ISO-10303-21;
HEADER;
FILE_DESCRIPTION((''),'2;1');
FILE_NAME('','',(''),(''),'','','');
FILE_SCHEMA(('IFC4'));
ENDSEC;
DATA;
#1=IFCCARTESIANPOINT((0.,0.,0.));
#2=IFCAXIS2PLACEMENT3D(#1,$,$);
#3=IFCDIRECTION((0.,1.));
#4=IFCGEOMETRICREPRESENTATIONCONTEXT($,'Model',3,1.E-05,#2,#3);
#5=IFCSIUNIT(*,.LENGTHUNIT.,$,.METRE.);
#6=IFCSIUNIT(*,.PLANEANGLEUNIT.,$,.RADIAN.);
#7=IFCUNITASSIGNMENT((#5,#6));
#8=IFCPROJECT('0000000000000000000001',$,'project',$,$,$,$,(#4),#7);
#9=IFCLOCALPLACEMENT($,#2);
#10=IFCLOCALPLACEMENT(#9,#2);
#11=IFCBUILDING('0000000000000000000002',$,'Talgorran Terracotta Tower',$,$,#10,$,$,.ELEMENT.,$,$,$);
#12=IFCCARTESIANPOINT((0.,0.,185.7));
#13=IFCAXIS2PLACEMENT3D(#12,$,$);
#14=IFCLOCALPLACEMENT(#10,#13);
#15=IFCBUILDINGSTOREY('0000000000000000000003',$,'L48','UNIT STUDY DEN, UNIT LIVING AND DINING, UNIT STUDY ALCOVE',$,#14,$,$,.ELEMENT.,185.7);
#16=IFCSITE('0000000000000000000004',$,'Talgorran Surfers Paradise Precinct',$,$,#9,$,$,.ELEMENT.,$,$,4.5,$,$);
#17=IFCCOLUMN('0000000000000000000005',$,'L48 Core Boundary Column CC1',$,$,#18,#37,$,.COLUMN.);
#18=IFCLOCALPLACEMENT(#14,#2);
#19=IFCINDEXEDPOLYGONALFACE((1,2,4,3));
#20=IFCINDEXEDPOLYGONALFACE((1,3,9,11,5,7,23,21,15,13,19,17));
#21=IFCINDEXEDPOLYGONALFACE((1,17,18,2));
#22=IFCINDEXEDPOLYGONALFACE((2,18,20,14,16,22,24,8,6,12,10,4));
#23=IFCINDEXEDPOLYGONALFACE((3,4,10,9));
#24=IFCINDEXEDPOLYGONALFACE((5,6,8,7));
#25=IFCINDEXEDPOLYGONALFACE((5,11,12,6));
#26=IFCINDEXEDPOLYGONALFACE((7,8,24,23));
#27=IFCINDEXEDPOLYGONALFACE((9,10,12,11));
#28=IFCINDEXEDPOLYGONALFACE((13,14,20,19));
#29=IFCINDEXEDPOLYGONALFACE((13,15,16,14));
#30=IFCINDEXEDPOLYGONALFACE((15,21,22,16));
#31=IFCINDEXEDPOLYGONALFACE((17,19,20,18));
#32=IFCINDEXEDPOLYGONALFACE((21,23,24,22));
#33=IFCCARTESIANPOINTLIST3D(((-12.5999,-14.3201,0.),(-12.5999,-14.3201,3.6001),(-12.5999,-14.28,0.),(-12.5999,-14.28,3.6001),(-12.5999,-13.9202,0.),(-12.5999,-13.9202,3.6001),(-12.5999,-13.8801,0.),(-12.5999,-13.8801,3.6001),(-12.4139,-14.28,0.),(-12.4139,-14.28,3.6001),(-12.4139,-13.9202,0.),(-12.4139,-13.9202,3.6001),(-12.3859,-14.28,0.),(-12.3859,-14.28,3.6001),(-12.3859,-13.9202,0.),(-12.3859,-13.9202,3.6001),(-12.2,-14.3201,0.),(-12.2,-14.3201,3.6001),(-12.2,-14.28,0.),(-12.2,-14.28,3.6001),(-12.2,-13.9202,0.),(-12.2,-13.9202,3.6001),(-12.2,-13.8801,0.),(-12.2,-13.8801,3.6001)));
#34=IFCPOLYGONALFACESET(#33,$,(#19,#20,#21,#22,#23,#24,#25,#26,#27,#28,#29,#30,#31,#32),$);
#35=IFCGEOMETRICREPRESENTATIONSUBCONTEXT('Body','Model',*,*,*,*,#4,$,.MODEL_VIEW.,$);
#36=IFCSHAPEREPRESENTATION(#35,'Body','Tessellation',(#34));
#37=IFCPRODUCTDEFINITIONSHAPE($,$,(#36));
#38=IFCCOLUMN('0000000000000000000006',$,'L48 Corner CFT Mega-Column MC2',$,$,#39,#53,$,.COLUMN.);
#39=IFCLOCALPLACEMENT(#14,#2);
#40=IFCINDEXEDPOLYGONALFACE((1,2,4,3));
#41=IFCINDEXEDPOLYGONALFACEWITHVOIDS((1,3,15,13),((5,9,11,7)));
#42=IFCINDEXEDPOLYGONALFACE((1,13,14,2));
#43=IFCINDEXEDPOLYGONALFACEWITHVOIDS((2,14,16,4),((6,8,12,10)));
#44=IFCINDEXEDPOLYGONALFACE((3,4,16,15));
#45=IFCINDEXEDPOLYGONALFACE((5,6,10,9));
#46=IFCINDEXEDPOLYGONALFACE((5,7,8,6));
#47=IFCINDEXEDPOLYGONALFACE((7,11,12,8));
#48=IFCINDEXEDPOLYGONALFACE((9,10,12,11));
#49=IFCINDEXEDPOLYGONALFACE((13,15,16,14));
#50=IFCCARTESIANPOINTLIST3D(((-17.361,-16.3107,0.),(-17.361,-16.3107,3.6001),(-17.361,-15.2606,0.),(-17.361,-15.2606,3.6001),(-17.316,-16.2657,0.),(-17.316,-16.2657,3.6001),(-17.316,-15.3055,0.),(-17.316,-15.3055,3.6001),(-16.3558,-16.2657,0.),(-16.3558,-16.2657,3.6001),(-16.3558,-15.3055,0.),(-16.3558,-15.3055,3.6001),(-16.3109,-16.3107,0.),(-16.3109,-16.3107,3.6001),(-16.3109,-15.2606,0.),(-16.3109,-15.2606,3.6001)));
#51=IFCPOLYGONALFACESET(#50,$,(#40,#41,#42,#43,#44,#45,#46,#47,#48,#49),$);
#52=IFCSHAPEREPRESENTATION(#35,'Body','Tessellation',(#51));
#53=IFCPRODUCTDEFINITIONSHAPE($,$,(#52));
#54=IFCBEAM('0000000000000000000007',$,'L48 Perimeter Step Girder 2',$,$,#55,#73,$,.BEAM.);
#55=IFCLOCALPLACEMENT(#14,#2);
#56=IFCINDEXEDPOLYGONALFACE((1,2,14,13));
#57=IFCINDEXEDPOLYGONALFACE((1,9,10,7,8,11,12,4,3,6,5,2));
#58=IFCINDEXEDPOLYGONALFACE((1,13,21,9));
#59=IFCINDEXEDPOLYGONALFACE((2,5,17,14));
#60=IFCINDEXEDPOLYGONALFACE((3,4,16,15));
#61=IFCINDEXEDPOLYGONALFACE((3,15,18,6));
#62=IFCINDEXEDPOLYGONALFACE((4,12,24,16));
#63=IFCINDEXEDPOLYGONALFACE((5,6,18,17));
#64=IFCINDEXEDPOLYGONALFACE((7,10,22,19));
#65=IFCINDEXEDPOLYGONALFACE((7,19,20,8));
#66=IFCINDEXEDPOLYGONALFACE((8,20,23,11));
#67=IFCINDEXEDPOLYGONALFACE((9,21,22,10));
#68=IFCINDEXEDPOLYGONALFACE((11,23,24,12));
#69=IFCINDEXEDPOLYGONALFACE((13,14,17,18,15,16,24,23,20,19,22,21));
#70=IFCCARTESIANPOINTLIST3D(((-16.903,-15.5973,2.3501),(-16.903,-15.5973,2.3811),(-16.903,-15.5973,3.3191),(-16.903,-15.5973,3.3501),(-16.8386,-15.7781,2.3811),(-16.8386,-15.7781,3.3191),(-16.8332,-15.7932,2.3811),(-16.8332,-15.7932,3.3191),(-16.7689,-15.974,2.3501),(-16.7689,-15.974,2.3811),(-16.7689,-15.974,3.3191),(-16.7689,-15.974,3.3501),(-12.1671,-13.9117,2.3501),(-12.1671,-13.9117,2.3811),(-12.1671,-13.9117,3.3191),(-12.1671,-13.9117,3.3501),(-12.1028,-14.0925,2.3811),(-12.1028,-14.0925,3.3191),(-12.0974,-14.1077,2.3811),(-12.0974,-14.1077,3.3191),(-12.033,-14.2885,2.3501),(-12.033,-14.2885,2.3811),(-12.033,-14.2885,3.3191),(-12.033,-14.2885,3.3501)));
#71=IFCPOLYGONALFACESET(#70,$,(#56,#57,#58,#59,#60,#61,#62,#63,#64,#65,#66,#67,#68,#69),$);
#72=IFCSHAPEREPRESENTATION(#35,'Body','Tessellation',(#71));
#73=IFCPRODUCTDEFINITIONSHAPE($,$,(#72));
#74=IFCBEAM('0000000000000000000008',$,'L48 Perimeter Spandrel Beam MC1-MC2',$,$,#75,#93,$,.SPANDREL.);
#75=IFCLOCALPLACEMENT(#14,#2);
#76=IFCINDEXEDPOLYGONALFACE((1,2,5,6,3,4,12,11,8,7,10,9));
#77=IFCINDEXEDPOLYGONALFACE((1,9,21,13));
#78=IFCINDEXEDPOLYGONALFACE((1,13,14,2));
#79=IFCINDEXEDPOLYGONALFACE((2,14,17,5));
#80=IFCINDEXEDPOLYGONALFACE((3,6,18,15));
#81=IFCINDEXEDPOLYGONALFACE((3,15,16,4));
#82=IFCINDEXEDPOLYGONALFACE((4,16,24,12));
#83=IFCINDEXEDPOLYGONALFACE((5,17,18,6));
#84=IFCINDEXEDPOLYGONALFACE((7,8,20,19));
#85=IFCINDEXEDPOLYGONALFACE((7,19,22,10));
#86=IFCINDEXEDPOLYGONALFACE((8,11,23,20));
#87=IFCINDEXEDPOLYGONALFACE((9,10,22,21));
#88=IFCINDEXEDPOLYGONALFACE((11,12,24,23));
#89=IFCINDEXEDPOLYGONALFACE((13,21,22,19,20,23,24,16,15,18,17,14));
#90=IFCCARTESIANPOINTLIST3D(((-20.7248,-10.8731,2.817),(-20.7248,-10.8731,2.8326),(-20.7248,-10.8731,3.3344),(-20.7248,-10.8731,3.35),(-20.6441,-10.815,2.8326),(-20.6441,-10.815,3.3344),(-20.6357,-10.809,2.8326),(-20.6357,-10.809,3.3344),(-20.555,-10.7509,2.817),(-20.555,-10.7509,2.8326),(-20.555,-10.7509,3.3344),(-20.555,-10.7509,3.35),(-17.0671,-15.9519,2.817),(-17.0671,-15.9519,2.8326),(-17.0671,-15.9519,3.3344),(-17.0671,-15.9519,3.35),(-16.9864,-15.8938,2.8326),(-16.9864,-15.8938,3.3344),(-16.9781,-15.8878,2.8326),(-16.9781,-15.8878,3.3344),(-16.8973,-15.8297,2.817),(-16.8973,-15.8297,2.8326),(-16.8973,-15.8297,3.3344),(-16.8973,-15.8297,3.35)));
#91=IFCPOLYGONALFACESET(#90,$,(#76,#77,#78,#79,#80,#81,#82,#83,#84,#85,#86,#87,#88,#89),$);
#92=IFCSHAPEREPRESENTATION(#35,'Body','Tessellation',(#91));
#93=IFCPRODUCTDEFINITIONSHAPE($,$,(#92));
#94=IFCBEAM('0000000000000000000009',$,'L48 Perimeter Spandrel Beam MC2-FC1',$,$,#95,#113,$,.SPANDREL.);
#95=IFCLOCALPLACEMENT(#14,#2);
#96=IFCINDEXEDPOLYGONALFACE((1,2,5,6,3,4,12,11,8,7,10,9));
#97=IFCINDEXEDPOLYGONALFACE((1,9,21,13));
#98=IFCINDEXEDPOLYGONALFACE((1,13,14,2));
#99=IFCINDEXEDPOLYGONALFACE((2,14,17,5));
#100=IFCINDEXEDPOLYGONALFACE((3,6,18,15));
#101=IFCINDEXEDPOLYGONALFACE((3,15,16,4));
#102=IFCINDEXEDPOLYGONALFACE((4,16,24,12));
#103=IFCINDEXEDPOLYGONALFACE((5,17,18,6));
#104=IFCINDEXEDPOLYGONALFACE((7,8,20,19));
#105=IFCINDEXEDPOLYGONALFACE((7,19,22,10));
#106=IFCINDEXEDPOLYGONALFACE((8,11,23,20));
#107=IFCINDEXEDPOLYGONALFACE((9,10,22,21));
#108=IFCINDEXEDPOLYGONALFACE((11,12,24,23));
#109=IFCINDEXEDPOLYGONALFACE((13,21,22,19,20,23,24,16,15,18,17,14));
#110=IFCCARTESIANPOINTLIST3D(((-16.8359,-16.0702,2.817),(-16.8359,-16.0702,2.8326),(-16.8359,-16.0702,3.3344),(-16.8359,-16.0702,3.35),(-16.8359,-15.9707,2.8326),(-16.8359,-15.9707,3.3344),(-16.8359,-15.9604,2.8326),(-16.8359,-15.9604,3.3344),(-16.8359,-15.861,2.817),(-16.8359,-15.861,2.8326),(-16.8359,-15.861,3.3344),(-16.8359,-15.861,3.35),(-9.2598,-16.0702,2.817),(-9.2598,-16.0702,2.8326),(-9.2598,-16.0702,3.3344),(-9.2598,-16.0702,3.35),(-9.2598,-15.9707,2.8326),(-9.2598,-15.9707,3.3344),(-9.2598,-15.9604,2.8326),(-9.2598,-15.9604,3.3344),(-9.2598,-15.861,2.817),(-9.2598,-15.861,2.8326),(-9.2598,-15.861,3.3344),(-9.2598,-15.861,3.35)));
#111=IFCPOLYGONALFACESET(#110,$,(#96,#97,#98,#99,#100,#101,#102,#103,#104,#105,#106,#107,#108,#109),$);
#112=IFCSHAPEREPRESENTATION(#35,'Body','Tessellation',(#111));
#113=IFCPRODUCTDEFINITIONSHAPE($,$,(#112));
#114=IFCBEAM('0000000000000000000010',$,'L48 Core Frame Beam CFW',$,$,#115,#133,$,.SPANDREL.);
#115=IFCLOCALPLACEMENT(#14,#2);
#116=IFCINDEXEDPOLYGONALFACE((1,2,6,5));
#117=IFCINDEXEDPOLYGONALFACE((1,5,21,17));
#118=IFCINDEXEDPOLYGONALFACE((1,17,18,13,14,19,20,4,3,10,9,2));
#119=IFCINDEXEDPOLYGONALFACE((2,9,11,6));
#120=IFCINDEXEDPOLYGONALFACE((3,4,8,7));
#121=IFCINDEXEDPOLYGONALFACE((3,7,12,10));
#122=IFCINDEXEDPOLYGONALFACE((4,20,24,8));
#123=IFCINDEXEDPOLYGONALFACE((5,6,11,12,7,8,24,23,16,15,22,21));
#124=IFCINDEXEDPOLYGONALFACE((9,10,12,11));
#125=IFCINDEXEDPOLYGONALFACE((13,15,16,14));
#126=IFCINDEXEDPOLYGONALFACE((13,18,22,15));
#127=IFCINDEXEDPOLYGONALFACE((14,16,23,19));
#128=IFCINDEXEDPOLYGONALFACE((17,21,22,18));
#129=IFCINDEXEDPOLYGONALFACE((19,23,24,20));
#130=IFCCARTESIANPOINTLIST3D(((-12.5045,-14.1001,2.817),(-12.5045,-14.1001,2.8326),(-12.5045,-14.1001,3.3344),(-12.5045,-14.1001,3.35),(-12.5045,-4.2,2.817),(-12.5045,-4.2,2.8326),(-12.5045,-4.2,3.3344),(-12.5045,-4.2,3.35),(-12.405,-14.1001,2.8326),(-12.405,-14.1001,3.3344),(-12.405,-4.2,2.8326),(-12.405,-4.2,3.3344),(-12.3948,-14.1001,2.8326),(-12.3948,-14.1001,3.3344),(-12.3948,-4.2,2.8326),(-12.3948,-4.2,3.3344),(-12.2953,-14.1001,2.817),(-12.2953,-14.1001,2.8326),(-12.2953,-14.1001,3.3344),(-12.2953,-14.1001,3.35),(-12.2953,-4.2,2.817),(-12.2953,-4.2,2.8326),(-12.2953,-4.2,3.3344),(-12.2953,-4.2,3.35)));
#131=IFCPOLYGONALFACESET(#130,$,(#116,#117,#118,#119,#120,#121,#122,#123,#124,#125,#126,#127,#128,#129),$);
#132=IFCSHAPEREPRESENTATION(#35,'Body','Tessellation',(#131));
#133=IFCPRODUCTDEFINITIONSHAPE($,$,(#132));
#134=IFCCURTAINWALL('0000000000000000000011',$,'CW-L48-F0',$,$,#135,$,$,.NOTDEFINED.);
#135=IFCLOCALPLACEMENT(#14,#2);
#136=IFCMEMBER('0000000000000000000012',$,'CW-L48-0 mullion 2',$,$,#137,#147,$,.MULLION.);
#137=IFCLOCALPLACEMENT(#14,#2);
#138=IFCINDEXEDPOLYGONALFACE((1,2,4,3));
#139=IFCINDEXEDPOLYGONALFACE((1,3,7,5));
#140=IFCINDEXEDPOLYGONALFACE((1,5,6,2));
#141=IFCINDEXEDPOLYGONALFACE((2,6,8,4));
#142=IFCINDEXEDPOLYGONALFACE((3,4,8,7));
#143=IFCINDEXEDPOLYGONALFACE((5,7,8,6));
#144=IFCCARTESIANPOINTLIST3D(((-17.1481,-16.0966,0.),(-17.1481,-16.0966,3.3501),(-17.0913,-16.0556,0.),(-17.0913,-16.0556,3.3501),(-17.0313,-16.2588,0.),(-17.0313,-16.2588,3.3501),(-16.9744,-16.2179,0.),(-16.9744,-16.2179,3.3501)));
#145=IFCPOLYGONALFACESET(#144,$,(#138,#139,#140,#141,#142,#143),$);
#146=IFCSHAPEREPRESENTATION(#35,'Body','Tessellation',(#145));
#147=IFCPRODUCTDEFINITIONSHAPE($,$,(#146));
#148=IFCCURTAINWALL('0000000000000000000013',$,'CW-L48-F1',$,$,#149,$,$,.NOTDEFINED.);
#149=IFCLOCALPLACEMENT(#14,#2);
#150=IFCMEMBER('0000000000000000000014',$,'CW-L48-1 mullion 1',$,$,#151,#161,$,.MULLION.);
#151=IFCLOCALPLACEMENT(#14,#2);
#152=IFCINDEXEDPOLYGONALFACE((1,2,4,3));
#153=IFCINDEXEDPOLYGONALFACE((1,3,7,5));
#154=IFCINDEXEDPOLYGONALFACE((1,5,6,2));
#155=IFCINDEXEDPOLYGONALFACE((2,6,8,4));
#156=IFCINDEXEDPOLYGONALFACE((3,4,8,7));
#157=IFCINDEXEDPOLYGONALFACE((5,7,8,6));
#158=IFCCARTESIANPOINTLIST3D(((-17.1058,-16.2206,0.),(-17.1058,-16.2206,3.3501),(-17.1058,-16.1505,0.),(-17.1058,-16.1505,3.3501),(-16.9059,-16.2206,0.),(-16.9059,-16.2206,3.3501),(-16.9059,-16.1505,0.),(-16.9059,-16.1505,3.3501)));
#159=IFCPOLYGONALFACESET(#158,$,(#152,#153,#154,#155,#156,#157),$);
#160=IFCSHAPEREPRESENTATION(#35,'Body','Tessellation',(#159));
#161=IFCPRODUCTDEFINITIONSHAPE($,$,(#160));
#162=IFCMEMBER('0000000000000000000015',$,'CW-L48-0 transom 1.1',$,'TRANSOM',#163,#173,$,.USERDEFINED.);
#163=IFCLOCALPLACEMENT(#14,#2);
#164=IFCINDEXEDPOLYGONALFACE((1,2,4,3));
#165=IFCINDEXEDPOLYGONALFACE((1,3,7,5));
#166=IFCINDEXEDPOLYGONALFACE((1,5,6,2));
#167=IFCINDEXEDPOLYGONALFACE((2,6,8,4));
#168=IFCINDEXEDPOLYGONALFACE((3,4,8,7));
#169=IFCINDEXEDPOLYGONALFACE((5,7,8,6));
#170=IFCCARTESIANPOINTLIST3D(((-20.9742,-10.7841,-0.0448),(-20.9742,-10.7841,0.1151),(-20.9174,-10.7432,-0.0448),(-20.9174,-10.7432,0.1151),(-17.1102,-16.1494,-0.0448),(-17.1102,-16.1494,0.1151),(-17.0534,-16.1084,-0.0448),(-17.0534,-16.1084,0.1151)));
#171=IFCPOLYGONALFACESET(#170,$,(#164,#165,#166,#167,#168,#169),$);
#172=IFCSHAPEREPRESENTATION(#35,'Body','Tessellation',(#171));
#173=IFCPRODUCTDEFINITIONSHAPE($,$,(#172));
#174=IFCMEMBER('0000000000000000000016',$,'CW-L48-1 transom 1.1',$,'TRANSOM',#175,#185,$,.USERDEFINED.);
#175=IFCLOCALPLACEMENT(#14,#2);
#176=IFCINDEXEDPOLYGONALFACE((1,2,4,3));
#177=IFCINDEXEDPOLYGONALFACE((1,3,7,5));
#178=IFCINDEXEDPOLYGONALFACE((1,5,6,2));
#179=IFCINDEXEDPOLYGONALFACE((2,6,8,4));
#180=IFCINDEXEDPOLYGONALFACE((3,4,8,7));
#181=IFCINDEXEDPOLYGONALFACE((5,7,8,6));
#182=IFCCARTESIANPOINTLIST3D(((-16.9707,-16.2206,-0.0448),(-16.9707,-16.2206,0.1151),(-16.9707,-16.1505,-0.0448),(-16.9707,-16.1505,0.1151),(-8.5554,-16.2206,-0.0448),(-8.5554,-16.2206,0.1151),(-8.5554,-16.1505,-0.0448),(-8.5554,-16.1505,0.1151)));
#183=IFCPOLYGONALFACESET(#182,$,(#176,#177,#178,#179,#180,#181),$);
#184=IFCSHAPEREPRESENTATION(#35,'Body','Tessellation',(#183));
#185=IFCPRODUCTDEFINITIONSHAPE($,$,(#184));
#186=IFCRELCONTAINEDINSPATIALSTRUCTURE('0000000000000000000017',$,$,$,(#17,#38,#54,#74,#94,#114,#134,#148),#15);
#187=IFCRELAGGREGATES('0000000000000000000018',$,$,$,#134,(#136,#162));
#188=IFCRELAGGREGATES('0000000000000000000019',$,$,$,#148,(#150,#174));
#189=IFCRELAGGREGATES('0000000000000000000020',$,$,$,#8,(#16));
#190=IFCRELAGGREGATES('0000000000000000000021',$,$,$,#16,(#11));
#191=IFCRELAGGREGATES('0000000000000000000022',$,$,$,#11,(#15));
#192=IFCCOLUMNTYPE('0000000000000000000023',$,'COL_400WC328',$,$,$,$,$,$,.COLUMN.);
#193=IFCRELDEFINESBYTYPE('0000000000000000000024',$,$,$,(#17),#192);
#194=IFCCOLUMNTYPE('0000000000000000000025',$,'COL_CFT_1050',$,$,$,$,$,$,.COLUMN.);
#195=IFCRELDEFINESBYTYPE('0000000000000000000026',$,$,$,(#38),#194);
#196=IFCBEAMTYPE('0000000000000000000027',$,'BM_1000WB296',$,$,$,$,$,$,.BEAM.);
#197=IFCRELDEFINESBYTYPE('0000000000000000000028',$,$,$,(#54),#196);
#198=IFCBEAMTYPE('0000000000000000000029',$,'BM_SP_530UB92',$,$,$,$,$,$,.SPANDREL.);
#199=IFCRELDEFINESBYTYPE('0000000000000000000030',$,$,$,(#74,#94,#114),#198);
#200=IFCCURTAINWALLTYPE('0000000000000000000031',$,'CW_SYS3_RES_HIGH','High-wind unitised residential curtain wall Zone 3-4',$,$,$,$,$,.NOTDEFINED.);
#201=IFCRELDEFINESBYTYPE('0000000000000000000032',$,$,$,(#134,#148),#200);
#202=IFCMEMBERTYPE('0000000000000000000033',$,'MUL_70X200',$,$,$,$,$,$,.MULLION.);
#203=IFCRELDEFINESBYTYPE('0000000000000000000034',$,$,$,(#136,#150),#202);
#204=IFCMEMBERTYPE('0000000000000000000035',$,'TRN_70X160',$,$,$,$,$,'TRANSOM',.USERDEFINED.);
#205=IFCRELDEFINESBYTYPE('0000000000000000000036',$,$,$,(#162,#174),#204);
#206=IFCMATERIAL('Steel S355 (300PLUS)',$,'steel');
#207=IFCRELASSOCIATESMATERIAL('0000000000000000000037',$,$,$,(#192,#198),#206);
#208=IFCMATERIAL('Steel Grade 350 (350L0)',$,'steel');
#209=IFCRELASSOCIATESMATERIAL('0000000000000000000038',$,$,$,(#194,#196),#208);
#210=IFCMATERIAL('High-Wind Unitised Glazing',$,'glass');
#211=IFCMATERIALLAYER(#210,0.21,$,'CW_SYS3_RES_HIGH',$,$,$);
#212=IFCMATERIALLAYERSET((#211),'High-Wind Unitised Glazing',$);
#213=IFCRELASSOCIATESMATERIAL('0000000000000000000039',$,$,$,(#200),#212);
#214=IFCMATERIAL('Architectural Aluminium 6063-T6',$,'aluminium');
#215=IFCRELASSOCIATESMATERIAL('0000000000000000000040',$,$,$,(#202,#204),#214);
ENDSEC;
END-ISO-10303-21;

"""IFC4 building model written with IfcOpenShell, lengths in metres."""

from ifc_helpers import new_model, si_unit, direction, frame, origin, origin_2d, place, context, subcontext, project, spatial, rectangle, hollow_rectangle, i_section, extrude, material, layer, layer_set, material_profile, profile_set, type_object, element, aggregate, save


model = new_model("IFC4")

# Units and contexts
model_context = context("Model", 3, precision=1e-05, world=origin(), true_north=direction((0.0, 1.0)))
body_context = subcontext(model_context, "Body", "Model", "MODEL_VIEW")
ifc_project = project(units=[si_unit("LENGTHUNIT", "METRE"), si_unit("PLANEANGLEUNIT", "RADIAN")], contexts=[model_context])

# Site, building, storey
site_placement = place(None, origin())
site = spatial("IfcSite", under=ifc_project, at=site_placement, Name="Talgorran Surfers Paradise Precinct", CompositionType="ELEMENT", RefElevation=4.5)
building_placement = place(site_placement, origin())
building = spatial("IfcBuilding", under=site, at=building_placement, Name="Talgorran Terracotta Tower", CompositionType="ELEMENT")
storey_placement = place(building_placement, frame((0.0, 0.0, 185.7)))
storey = spatial("IfcBuildingStorey", under=building, at=storey_placement, Name="L48", Description="UNIT STUDY DEN, UNIT LIVING AND DINING, UNIT STUDY ALCOVE", CompositionType="ELEMENT", Elevation=185.7)

# Columns
ifc_material_1 = material(Name="Steel S355 (300PLUS)", Category="steel")
ifc_material_profile_1 = material_profile(ifc_material_1, i_section(OverallWidth=0.3999, OverallDepth=0.4399, WebThickness=0.0281, FlangeThickness=0.04, at=origin_2d()), Name="400WC328")
ifc_profile_set_1 = profile_set([ifc_material_profile_1], Name="Steel S355 (300PLUS)")
column_type_1 = type_object("IfcColumnType", Name="COL_400WC328", PredefinedType="COLUMN", material=ifc_profile_set_1)
column_1_placement = place(storey_placement, frame((-12.3999, -14.1001, 0.0), z_axis=(0.0, 0.0, 1.0), x_axis=(1.0, 0.0, 0.0)))
element("IfcColumn", 1, at=column_1_placement, inside=storey, type_object=column_type_1, Name="L48 Core Boundary Column CC1", PredefinedType="COLUMN", context=body_context, shape_type="SweptSolid", body=[
    extrude(i_section(OverallWidth=0.3999, OverallDepth=0.4399, WebThickness=0.0281, FlangeThickness=0.04, at=origin_2d()), origin(), (0.0, 0.0, 1.0), 3.6001),
])
ifc_material_2 = material(Name="Steel Grade 350 (350L0)", Category="steel")
ifc_material_profile_2 = material_profile(ifc_material_2, hollow_rectangle(XDim=1.05, YDim=1.05, WallThickness=0.0449, at=origin_2d()), Name="CFT1050X1050X45")
ifc_profile_set_2 = profile_set([ifc_material_profile_2], Name="Steel Grade 350 (350L0)")
column_type_2 = type_object("IfcColumnType", Name="COL_CFT_1050", PredefinedType="COLUMN", material=ifc_profile_set_2)
column_2_placement = place(storey_placement, frame((-16.8359, -15.7856, 0.0), z_axis=(0.0, 0.0, 1.0), x_axis=(1.0, 0.0, 0.0)))
element("IfcColumn", 2, at=column_2_placement, inside=storey, type_object=column_type_2, Name="L48 Corner CFT Mega-Column MC2", PredefinedType="COLUMN", context=body_context, shape_type="SweptSolid", body=[
    extrude(hollow_rectangle(XDim=1.05, YDim=1.05, WallThickness=0.0449, at=origin_2d()), origin(), (0.0, 0.0, 1.0), 3.6001),
])

# Beams
ifc_material_profile_3 = material_profile(ifc_material_2, i_section(OverallWidth=0.3999, OverallDepth=1.0, WebThickness=0.0161, FlangeThickness=0.031, at=origin_2d()), Name="1000WB296")
ifc_profile_set_3 = profile_set([ifc_material_profile_3], Name="Steel Grade 350 (350L0)")
beam_type_1 = type_object("IfcBeamType", Name="BM_1000WB296", PredefinedType="BEAM", material=ifc_profile_set_3)
beam_1_placement = place(storey_placement, frame((-16.8359, -15.7856, 2.8501), z_axis=(0.942108, 0.335309, 0.0), x_axis=(-0.335309, 0.942108, 0.0)))
element("IfcBeam", 3, at=beam_1_placement, inside=storey, type_object=beam_type_1, Name="L48 Perimeter Step Girder 2", PredefinedType="BEAM", context=body_context, shape_type="SweptSolid", body=[
    extrude(i_section(OverallWidth=0.3999, OverallDepth=1.0, WebThickness=0.0161, FlangeThickness=0.031, at=origin_2d()), origin(), (0.0, 0.0, 1.0), 5.0269),
])
ifc_material_profile_4 = material_profile(ifc_material_1, i_section(OverallWidth=0.2092, OverallDepth=0.533, WebThickness=0.0103, FlangeThickness=0.0156, at=origin_2d()), Name="530UB92.4")
ifc_profile_set_4 = profile_set([ifc_material_profile_4], Name="Steel S355 (300PLUS)")
beam_type_2 = type_object("IfcBeamType", Name="BM_SP_530UB92", PredefinedType="SPANDREL", material=ifc_profile_set_4)
beam_2_placement = place(storey_placement, frame((-20.6399, -10.812, 3.0835), z_axis=(0.584403, -0.811463, 0.0), x_axis=(0.811463, 0.584403, 0.0)))
element("IfcBeam", 4, at=beam_2_placement, inside=storey, type_object=beam_type_2, Name="L48 Perimeter Spandrel Beam MC1-MC2", PredefinedType="SPANDREL", context=body_context, shape_type="SweptSolid", body=[
    extrude(i_section(OverallWidth=0.2092, OverallDepth=0.533, WebThickness=0.0103, FlangeThickness=0.0156, at=origin_2d()), origin(), (0.0, 0.0, 1.0), 6.2588),
])
beam_3_placement = place(storey_placement, frame((-16.8359, -15.9656, 3.0835), z_axis=(1.0, 0.0, 0.0), x_axis=(0.0, 1.0, 0.0)))
element("IfcBeam", 5, at=beam_3_placement, inside=storey, type_object=beam_type_2, Name="L48 Perimeter Spandrel Beam MC2-FC1", PredefinedType="SPANDREL", context=body_context, shape_type="SweptSolid", body=[
    extrude(i_section(OverallWidth=0.2092, OverallDepth=0.533, WebThickness=0.0103, FlangeThickness=0.0156, at=origin_2d()), origin(), (0.0, 0.0, 1.0), 7.5762),
])
beam_4_placement = place(storey_placement, frame((-12.3999, -14.1001, 3.0835), z_axis=(0.0, 1.0, 0.0), x_axis=(-1.0, 0.0, 0.0)))
element("IfcBeam", 6, at=beam_4_placement, inside=storey, type_object=beam_type_2, Name="L48 Core Frame Beam CFW", PredefinedType="SPANDREL", context=body_context, shape_type="SweptSolid", body=[
    extrude(i_section(OverallWidth=0.2092, OverallDepth=0.533, WebThickness=0.0103, FlangeThickness=0.0156, at=origin_2d()), origin(), (0.0, 0.0, 1.0), 9.9001),
])

# Curtain walls, members
ifc_material_3 = material(Name="High-Wind Unitised Glazing", Category="glass")
ifc_layer_1 = layer(ifc_material_3, 0.21, Name="CW_SYS3_RES_HIGH")
ifc_layer_set_1 = layer_set([ifc_layer_1], Name="High-Wind Unitised Glazing")
curtain_wall_type = type_object("IfcCurtainWallType", Name="CW_SYS3_RES_HIGH", Description="High-wind unitised residential curtain wall Zone 3-4", PredefinedType="NOTDEFINED", material=ifc_layer_set_1)
curtain_wall_1_placement = place(storey_placement, origin())
curtain_wall_1 = element("IfcCurtainWall", 7, at=curtain_wall_1_placement, inside=storey, type_object=curtain_wall_type, Name="CW-L48-F0", PredefinedType="NOTDEFINED")
ifc_material_4 = material(Name="Architectural Aluminium 6063-T6", Category="aluminium")
ifc_material_profile_5 = material_profile(ifc_material_4, rectangle(XDim=0.0701, YDim=0.2, at=origin_2d()), Name="CWM70X200")
ifc_profile_set_5 = profile_set([ifc_material_profile_5], Name="Architectural Aluminium 6063-T6")
member_type_1 = type_object("IfcMemberType", Name="MUL_70X200", PredefinedType="MULLION", material=ifc_profile_set_5)
member_1_placement = place(storey_placement, frame((-17.0613, -16.1572, 0.0), z_axis=(0.0, 0.0, 1.0), x_axis=(0.81146, 0.584409, 0.0)))
member_1 = element("IfcMember", 8, at=member_1_placement, type_object=member_type_1, Name="CW-L48-0 mullion 2", PredefinedType="MULLION", context=body_context, shape_type="SweptSolid", body=[
    extrude(rectangle(XDim=0.0701, YDim=0.2, at=origin_2d()), origin(), (0.0, 0.0, 1.0), 3.3501),
])
curtain_wall_2_placement = place(storey_placement, origin())
curtain_wall_2 = element("IfcCurtainWall", 9, at=curtain_wall_2_placement, inside=storey, type_object=curtain_wall_type, Name="CW-L48-F1", PredefinedType="NOTDEFINED")
member_2_placement = place(storey_placement, frame((-17.0059, -16.1855, 0.0), z_axis=(0.0, 0.0, 1.0), x_axis=(0.0, 1.0, 0.0)))
member_2 = element("IfcMember", 10, at=member_2_placement, type_object=member_type_1, Name="CW-L48-1 mullion 1", PredefinedType="MULLION", context=body_context, shape_type="SweptSolid", body=[
    extrude(rectangle(XDim=0.0701, YDim=0.2, at=origin_2d()), origin(), (0.0, 0.0, 1.0), 3.3501),
])

# Members
ifc_material_profile_6 = material_profile(ifc_material_4, rectangle(XDim=0.0701, YDim=0.1599, at=origin_2d()), Name="CWT70X160")
ifc_profile_set_6 = profile_set([ifc_material_profile_6], Name="Architectural Aluminium 6063-T6")
member_type_2 = type_object("IfcMemberType", Name="TRN_70X160", ElementType="TRANSOM", PredefinedType="USERDEFINED", material=ifc_profile_set_6)
member_3_placement = place(storey_placement, frame((-20.9458, -10.7637, 0.0352), z_axis=(0.584409, -0.811459, 0.0), x_axis=(0.811459, 0.584409, 0.0)))
member_3 = element("IfcMember", 11, at=member_3_placement, type_object=member_type_2, Name="CW-L48-0 transom 1.1", ObjectType="TRANSOM", PredefinedType="USERDEFINED", context=body_context, shape_type="SweptSolid", body=[
    extrude(rectangle(XDim=0.0701, YDim=0.1599, at=origin_2d()), origin(), (0.0, 0.0, 1.0), 6.6118),
])
member_4_placement = place(storey_placement, frame((-16.9707, -16.1855, 0.0352), z_axis=(1.0, 0.0, 0.0), x_axis=(0.0, 1.0, 0.0)))
member_4 = element("IfcMember", 12, at=member_4_placement, type_object=member_type_2, Name="CW-L48-1 transom 1.1", ObjectType="TRANSOM", PredefinedType="USERDEFINED", context=body_context, shape_type="SweptSolid", body=[
    extrude(rectangle(XDim=0.0701, YDim=0.1599, at=origin_2d()), origin(), (0.0, 0.0, 1.0), 8.4153),
])

aggregate(curtain_wall_1, [member_1, member_3])
aggregate(curtain_wall_2, [member_2, member_4])

save(model, "model.ifc")
